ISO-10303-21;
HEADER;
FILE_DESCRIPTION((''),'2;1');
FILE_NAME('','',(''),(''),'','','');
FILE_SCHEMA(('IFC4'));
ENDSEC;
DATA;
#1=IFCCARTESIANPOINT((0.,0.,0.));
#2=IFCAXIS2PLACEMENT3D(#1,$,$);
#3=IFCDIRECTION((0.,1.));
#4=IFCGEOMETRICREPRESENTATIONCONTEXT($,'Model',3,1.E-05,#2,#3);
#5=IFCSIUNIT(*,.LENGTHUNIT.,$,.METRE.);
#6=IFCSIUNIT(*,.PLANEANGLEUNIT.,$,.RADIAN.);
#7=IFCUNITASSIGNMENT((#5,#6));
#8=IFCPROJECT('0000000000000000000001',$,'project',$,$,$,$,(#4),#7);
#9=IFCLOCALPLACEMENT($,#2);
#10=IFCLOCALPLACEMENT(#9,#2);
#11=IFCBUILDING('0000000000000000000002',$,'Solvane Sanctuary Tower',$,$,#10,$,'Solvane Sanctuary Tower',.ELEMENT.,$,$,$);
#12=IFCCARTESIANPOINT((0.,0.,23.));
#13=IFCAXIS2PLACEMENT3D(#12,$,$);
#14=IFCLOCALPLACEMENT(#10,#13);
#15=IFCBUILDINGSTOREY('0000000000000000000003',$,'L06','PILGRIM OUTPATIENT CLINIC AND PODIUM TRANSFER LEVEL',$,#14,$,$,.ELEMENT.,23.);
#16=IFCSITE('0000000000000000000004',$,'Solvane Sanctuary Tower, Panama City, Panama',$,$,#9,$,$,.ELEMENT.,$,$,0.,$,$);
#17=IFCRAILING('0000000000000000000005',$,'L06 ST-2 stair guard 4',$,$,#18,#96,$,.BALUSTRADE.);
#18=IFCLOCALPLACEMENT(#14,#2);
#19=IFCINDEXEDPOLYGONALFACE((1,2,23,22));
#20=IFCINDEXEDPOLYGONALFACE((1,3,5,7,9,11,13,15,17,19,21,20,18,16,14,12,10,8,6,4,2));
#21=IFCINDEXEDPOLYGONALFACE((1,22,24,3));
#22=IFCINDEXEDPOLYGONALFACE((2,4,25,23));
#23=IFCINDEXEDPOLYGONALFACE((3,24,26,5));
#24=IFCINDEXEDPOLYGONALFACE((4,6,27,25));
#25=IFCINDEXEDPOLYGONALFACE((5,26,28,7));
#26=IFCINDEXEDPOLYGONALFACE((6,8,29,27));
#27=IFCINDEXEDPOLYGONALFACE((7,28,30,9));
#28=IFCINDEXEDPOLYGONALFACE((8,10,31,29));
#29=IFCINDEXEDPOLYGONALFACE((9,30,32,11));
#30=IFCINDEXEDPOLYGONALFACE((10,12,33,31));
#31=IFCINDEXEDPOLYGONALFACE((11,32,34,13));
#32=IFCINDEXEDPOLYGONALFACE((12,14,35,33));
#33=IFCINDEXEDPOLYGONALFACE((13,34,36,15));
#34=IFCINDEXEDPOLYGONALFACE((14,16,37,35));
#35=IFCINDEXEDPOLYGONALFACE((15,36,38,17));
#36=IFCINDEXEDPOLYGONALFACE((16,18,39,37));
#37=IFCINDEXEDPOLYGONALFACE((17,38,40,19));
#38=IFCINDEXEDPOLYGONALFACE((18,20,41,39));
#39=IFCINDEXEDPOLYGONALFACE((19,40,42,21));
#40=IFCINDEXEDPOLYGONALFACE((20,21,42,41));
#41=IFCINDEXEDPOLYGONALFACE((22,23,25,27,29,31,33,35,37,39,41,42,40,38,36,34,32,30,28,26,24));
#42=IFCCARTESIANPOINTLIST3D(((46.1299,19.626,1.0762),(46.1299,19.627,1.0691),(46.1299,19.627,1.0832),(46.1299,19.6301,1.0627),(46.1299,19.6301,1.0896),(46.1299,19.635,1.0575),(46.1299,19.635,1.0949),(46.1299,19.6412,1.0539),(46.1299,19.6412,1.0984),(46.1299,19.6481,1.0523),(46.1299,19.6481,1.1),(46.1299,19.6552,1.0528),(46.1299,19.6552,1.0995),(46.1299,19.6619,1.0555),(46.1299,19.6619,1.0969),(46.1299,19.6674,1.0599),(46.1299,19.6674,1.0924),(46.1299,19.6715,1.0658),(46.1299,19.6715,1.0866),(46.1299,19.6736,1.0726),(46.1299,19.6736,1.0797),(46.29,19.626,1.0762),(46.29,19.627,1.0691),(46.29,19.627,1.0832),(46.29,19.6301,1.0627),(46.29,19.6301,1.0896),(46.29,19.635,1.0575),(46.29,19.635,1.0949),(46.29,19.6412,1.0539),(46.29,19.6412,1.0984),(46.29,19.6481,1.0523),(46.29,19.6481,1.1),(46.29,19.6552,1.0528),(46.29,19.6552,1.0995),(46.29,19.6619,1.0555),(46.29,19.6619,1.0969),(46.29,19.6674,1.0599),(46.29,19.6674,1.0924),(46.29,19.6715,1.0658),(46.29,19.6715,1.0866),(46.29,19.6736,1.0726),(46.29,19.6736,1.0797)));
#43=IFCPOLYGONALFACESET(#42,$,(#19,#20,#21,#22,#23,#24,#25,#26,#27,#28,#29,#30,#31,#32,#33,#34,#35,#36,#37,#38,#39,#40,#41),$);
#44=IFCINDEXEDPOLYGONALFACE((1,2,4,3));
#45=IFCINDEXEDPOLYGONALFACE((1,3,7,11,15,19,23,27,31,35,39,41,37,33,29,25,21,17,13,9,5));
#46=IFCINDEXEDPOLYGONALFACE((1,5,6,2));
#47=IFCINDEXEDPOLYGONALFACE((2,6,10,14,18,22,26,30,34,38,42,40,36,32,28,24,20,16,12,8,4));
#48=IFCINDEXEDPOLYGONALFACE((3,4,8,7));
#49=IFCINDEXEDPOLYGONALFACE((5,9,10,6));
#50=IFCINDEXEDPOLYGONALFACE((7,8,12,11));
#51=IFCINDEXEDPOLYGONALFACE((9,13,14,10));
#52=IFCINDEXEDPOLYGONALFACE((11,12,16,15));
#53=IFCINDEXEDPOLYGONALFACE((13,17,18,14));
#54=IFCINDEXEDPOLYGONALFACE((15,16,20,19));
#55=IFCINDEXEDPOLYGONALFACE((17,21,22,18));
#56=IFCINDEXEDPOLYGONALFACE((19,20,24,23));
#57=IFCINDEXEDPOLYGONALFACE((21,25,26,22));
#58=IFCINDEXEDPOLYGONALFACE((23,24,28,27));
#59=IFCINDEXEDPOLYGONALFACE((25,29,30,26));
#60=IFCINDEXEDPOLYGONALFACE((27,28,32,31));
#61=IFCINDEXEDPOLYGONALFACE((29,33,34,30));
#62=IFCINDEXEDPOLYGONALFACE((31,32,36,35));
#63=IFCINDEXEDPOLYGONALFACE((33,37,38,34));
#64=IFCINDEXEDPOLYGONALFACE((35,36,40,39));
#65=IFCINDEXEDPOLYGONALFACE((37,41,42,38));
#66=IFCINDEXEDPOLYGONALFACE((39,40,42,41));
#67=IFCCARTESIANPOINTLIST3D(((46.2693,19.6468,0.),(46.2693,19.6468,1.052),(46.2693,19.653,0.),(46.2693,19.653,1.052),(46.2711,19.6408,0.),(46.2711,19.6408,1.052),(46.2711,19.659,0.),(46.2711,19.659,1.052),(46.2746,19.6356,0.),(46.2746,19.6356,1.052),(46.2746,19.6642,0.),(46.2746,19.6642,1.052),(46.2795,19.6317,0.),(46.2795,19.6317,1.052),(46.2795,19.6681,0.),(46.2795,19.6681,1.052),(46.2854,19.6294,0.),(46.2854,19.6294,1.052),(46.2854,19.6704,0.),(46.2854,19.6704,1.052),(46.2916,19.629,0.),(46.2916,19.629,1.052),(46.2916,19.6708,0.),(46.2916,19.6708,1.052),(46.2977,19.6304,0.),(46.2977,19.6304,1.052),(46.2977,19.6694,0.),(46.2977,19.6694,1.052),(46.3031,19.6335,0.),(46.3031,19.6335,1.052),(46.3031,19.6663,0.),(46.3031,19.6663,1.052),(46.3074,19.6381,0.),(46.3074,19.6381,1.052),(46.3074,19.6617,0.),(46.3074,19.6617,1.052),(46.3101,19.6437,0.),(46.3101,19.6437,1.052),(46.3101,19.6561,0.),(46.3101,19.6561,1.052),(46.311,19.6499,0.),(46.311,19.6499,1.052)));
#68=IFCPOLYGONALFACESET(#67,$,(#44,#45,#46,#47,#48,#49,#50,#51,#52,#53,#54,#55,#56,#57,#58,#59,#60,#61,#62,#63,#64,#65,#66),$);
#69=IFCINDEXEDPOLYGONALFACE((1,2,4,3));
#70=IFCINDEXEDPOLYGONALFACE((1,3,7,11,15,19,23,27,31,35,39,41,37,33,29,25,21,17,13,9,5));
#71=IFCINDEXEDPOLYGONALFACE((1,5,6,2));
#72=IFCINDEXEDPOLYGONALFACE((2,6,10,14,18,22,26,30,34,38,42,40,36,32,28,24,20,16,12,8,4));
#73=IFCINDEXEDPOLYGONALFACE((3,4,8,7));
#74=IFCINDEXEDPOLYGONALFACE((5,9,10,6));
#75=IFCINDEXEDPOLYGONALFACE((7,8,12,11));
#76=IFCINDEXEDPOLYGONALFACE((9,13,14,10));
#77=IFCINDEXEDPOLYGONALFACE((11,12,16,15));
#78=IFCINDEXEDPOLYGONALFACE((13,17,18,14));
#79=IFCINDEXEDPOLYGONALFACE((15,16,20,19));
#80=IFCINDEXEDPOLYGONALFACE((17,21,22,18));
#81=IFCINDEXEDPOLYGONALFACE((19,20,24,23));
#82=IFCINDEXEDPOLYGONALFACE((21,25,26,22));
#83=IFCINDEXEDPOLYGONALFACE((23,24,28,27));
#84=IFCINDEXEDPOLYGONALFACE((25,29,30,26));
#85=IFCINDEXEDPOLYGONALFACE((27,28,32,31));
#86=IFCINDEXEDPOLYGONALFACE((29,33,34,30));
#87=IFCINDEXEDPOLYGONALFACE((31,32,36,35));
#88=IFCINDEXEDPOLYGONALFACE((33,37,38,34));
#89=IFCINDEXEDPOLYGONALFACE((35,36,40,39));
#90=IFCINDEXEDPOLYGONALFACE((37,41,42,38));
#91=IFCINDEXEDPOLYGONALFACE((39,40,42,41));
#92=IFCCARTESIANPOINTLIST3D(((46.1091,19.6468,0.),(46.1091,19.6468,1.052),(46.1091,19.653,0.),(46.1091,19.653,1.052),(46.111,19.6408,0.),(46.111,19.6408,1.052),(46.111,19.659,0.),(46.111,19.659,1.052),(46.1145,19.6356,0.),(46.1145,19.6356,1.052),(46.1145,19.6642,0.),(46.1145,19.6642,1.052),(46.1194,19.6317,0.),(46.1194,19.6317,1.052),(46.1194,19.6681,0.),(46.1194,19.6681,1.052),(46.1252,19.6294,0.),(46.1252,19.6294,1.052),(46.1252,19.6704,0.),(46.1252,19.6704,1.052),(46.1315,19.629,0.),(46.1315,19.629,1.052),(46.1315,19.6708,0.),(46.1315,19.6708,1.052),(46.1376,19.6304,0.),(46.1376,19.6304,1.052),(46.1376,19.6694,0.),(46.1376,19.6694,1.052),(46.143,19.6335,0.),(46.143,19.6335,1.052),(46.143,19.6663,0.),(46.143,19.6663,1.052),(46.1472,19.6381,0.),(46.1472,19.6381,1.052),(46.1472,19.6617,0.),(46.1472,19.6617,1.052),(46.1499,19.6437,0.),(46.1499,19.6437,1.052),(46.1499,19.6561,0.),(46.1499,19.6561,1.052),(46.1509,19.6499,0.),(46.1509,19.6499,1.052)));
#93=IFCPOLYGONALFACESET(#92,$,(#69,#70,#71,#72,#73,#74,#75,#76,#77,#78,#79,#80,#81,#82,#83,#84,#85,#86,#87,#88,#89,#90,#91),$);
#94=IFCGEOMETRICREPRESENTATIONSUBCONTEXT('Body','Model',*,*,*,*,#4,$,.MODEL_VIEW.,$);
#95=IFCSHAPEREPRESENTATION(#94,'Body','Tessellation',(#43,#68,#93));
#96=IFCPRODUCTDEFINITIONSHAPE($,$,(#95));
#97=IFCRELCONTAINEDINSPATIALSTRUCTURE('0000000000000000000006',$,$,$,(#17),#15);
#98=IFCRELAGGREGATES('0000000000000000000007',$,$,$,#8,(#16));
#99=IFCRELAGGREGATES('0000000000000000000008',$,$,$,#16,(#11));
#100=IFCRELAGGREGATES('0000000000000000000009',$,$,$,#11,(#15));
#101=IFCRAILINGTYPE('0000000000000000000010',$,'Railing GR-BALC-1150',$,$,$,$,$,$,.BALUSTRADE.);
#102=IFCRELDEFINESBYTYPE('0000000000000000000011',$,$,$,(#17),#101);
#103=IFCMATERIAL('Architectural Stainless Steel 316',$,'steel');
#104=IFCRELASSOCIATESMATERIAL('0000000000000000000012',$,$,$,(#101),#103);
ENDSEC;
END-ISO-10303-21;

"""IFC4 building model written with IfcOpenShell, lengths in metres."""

from ifc_helpers import new_model, si_unit, direction, frame, origin, origin_2d, place, context, subcontext, project, spatial, circle, extrude, material, type_object, element, save


model = new_model("IFC4")

# Units and contexts
model_context = context("Model", 3, precision=1e-05, world=origin(), true_north=direction((0.0, 1.0)))
body_context = subcontext(model_context, "Body", "Model", "MODEL_VIEW")
ifc_project = project(units=[si_unit("LENGTHUNIT", "METRE"), si_unit("PLANEANGLEUNIT", "RADIAN")], contexts=[model_context])

# Site, building, storey
site_placement = place(None, origin())
site = spatial("IfcSite", under=ifc_project, at=site_placement, Name="Solvane Sanctuary Tower, Panama City, Panama", CompositionType="ELEMENT", RefElevation=0.0)
building_placement = place(site_placement, origin())
building = spatial("IfcBuilding", under=site, at=building_placement, Name="Solvane Sanctuary Tower", LongName="Solvane Sanctuary Tower", CompositionType="ELEMENT")
storey_placement = place(building_placement, frame((0.0, 0.0, 23.0)))
storey = spatial("IfcBuildingStorey", under=building, at=storey_placement, Name="L06", Description="PILGRIM OUTPATIENT CLINIC AND PODIUM TRANSFER LEVEL", CompositionType="ELEMENT", Elevation=23.0)

# Shared definitions
ifc_material_1 = material(Name="Architectural Stainless Steel 316", Category="steel")

# Railing
railing_type = type_object("IfcRailingType", Name="Railing GR-BALC-1150", PredefinedType="BALUSTRADE", material=ifc_material_1)
railing_1_placement = place(storey_placement, frame((46.29, 19.6499, 0.0)))
element("IfcRailing", 1, at=railing_1_placement, inside=storey, type_object=railing_type, Name="L06 ST-2 stair guard 4", PredefinedType="BALUSTRADE", context=body_context, shape_type="SweptSolid", body=[
    extrude(circle(Radius=0.0239, at=origin_2d()), frame((0.0, 0.0, 1.0762), z_axis=(-1.0, 0.0, 0.0), x_axis=(0.0, -1.0, 0.0)), (0.0, 0.0, 1.0), 0.1602),
    extrude(circle(Radius=0.021, at=origin_2d()), origin(), (0.0, 0.0, 1.0), 1.052),
    extrude(circle(Radius=0.021, at=origin_2d()), frame((-0.1602, 0.0, 0.0)), (0.0, 0.0, 1.0), 1.052),
])

save(model, "model.ifc")
